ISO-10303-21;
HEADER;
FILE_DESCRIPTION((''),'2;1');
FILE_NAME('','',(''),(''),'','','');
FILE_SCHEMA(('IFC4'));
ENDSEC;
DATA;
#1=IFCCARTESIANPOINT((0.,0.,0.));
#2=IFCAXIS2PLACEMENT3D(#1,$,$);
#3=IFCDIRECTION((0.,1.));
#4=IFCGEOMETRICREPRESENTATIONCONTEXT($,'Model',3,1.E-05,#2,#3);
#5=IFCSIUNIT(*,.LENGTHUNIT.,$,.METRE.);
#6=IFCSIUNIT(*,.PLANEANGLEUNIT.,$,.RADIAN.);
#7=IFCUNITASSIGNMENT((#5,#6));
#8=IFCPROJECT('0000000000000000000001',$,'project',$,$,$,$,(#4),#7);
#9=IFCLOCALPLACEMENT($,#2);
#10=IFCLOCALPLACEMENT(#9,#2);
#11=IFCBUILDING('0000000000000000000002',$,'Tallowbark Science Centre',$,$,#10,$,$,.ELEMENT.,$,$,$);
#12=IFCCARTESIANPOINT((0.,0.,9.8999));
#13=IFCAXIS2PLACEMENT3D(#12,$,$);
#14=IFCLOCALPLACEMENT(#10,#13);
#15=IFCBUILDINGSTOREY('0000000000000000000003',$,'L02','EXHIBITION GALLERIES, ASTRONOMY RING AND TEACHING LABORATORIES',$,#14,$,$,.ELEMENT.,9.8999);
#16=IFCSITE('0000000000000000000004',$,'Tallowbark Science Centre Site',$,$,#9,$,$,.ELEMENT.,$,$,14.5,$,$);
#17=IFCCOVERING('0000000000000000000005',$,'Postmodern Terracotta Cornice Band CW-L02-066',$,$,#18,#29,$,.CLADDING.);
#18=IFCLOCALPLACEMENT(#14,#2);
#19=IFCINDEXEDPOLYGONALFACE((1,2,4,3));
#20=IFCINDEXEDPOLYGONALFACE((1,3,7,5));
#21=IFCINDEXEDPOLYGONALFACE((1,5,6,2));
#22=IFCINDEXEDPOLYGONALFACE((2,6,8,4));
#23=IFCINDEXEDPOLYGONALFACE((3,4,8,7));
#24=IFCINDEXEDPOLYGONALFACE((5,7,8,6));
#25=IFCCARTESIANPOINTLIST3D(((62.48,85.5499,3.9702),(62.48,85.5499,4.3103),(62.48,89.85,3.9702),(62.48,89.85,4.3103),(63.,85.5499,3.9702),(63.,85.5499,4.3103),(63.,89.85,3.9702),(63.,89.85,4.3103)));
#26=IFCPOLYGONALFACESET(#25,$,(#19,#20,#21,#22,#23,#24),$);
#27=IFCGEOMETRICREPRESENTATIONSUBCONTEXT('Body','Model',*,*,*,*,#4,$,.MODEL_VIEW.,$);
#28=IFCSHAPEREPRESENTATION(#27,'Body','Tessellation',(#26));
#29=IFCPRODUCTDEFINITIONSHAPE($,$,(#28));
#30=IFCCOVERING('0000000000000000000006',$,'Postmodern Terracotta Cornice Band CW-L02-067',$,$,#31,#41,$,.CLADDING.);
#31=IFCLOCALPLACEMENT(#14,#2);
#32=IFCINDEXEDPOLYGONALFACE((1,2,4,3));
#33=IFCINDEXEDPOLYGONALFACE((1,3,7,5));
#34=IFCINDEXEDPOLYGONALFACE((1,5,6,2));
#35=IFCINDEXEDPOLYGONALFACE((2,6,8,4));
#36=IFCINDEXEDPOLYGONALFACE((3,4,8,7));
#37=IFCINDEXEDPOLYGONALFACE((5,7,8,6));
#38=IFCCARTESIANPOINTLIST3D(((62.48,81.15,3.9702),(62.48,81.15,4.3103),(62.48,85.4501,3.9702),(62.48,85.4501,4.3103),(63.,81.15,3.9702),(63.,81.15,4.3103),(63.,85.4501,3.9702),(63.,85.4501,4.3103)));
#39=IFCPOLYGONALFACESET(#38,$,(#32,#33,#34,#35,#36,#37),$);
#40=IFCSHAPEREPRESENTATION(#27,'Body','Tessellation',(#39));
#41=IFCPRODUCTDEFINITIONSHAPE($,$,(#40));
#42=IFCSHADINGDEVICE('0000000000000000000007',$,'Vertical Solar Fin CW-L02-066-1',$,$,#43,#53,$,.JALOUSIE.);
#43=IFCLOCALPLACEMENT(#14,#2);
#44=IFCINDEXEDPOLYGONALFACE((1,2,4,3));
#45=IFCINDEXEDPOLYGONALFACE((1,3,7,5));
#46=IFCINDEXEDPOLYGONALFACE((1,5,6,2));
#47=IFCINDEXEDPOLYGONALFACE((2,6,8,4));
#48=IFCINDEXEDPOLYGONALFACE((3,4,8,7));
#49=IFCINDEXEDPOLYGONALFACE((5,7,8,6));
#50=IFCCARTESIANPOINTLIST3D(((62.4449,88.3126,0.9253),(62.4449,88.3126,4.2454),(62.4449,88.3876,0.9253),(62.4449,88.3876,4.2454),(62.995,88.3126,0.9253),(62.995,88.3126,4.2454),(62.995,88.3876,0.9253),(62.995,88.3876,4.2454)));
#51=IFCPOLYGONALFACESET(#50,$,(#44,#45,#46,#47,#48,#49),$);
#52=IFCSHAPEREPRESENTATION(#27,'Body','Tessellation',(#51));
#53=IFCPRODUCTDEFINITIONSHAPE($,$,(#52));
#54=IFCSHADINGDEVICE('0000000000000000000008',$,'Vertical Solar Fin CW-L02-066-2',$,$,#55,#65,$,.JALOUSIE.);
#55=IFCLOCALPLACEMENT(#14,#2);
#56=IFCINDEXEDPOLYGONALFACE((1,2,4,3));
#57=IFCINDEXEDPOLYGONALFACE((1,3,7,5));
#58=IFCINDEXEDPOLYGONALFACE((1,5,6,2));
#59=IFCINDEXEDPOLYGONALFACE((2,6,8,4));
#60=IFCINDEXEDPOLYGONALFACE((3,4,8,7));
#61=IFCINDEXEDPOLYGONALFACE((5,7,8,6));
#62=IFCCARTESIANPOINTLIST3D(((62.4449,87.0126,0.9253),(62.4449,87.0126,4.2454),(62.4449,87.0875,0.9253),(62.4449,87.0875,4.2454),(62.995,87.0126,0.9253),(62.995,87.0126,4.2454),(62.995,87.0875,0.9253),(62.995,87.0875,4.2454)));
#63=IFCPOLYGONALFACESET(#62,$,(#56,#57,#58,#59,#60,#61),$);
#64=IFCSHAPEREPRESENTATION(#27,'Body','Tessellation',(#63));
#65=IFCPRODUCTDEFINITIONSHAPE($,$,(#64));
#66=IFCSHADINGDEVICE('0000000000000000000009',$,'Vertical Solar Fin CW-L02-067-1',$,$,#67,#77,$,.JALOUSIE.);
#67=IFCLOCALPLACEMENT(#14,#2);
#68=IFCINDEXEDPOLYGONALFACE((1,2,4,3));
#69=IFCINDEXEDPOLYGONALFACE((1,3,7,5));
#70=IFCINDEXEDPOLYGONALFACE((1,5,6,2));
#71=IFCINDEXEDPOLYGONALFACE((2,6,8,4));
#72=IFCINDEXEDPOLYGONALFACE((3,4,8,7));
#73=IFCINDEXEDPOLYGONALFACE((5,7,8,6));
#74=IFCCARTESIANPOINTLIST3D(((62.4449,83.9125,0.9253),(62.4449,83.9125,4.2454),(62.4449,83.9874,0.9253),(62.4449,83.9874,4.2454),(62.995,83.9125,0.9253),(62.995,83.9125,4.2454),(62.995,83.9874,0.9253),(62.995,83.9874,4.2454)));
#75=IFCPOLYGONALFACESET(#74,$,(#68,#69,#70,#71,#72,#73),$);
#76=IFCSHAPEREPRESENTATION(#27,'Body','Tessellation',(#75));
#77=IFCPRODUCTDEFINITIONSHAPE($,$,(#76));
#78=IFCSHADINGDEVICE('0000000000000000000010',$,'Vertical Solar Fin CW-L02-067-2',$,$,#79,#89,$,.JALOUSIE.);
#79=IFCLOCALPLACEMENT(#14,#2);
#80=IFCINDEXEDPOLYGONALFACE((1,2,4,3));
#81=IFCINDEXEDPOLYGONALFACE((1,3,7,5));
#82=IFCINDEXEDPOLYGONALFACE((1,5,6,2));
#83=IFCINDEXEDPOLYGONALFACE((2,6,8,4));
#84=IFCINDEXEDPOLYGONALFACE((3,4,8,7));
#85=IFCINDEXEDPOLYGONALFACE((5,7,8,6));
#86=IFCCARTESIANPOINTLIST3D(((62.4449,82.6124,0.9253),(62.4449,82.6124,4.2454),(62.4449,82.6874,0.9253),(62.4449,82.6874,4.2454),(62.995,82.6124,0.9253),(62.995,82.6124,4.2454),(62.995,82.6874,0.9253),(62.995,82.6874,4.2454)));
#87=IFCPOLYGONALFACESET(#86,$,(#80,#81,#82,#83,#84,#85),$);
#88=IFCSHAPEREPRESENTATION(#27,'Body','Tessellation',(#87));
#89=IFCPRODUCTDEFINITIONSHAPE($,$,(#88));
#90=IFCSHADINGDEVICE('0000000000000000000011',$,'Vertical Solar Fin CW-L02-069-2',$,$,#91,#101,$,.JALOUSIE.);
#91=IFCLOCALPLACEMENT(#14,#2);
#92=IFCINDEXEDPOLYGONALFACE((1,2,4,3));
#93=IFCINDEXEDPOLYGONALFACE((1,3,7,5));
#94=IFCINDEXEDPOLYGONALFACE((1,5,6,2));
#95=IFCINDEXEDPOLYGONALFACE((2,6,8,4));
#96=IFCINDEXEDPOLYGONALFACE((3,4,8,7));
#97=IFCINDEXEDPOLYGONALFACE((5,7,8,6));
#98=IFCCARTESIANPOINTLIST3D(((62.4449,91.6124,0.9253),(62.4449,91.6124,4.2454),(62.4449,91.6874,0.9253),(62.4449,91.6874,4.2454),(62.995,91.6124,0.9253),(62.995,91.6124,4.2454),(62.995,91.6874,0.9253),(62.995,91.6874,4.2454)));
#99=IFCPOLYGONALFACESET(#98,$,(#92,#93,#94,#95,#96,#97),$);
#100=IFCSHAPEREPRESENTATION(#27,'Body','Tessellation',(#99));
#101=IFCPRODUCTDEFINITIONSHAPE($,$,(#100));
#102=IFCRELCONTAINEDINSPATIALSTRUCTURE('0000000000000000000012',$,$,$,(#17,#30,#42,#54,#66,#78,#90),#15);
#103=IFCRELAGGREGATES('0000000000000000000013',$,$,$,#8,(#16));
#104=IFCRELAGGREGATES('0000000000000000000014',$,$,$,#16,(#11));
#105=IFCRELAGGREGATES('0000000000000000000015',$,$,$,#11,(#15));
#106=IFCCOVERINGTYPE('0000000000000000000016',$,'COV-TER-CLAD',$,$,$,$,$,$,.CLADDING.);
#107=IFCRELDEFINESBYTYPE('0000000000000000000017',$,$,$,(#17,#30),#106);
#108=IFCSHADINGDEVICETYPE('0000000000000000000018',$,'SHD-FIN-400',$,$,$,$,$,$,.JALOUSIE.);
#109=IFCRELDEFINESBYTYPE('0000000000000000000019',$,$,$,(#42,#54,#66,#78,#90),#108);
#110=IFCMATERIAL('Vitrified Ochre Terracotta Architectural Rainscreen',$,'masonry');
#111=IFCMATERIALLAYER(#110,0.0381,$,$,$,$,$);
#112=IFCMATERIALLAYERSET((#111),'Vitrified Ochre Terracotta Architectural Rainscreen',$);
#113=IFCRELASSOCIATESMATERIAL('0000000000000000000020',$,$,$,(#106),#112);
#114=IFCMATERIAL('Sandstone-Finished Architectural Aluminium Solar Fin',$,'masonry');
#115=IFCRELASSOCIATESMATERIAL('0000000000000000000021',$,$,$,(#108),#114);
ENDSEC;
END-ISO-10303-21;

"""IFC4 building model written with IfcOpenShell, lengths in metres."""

from ifc_helpers import new_model, si_unit, direction, frame, origin, origin_2d, place, context, subcontext, project, spatial, rectangle, extrude, material, layer, layer_set, type_object, element, save


model = new_model("IFC4")

# Units and contexts
model_context = context("Model", 3, precision=1e-05, world=origin(), true_north=direction((0.0, 1.0)))
body_context = subcontext(model_context, "Body", "Model", "MODEL_VIEW")
ifc_project = project(units=[si_unit("LENGTHUNIT", "METRE"), si_unit("PLANEANGLEUNIT", "RADIAN")], contexts=[model_context])

# Site, building, storey
site_placement = place(None, origin())
site = spatial("IfcSite", under=ifc_project, at=site_placement, Name="Tallowbark Science Centre Site", CompositionType="ELEMENT", RefElevation=14.5)
building_placement = place(site_placement, origin())
building = spatial("IfcBuilding", under=site, at=building_placement, Name="Tallowbark Science Centre", CompositionType="ELEMENT")
storey_placement = place(building_placement, frame((0.0, 0.0, 9.8999)))
storey = spatial("IfcBuildingStorey", under=building, at=storey_placement, Name="L02", Description="EXHIBITION GALLERIES, ASTRONOMY RING AND TEACHING LABORATORIES", CompositionType="ELEMENT", Elevation=9.8999)

# Coverings
ifc_material_1 = material(Name="Vitrified Ochre Terracotta Architectural Rainscreen", Category="masonry")
ifc_layer_1 = layer(ifc_material_1, 0.0381)
ifc_layer_set_1 = layer_set([ifc_layer_1], Name="Vitrified Ochre Terracotta Architectural Rainscreen")
covering_type_1 = type_object("IfcCoveringType", Name="COV-TER-CLAD", PredefinedType="CLADDING", material=ifc_layer_set_1)
for number, where, z_axis, x_axis, name in (
    (1, (62.74, 87.7, 3.9702), (0.0, 0.0, 1.0), (0.0, -1.0, 0.0), "Postmodern Terracotta Cornice Band CW-L02-066"),
    (2, (62.74, 83.3, 3.9702), (0.0, 0.0, 1.0), (0.0, -1.0, 0.0), "Postmodern Terracotta Cornice Band CW-L02-067"),
):
    element("IfcCovering", number, at=place(storey_placement, frame(where, z_axis=z_axis, x_axis=x_axis)), inside=storey, type_object=covering_type_1, Name=name, PredefinedType="CLADDING", context=body_context, shape_type="SweptSolid", body=[
        extrude(rectangle(XDim=4.3, YDim=0.52, at=origin_2d()), origin(), (0.0, 0.0, 1.0), 0.3401),
    ])

# Shading devices
ifc_material_2 = material(Name="Sandstone-Finished Architectural Aluminium Solar Fin", Category="masonry")
shading_device_type = type_object("IfcShadingDeviceType", Name="SHD-FIN-400", PredefinedType="JALOUSIE", material=ifc_material_2)
for number, where, z_axis, x_axis, name in (
    (3, (62.72, 88.3501, 0.9253), (0.0, 0.0, 1.0), (0.0, -1.0, 0.0), "Vertical Solar Fin CW-L02-066-1"),
    (4, (62.72, 87.05, 0.9253), (0.0, 0.0, 1.0), (0.0, -1.0, 0.0), "Vertical Solar Fin CW-L02-066-2"),
    (5, (62.72, 83.95, 0.9253), (0.0, 0.0, 1.0), (0.0, -1.0, 0.0), "Vertical Solar Fin CW-L02-067-1"),
    (6, (62.72, 82.6499, 0.9253), (0.0, 0.0, 1.0), (0.0, -1.0, 0.0), "Vertical Solar Fin CW-L02-067-2"),
    (7, (62.72, 91.6499, 0.9253), (0.0, 0.0, 1.0), (0.0, -1.0, 0.0), "Vertical Solar Fin CW-L02-069-2"),
):
    element("IfcShadingDevice", number, at=place(storey_placement, frame(where, z_axis=z_axis, x_axis=x_axis)), inside=storey, type_object=shading_device_type, Name=name, PredefinedType="JALOUSIE", context=body_context, shape_type="SweptSolid", body=[
        extrude(rectangle(XDim=0.075, YDim=0.55, at=origin_2d()), origin(), (0.0, 0.0, 1.0), 3.3201),
    ])

save(model, "model.ifc")
